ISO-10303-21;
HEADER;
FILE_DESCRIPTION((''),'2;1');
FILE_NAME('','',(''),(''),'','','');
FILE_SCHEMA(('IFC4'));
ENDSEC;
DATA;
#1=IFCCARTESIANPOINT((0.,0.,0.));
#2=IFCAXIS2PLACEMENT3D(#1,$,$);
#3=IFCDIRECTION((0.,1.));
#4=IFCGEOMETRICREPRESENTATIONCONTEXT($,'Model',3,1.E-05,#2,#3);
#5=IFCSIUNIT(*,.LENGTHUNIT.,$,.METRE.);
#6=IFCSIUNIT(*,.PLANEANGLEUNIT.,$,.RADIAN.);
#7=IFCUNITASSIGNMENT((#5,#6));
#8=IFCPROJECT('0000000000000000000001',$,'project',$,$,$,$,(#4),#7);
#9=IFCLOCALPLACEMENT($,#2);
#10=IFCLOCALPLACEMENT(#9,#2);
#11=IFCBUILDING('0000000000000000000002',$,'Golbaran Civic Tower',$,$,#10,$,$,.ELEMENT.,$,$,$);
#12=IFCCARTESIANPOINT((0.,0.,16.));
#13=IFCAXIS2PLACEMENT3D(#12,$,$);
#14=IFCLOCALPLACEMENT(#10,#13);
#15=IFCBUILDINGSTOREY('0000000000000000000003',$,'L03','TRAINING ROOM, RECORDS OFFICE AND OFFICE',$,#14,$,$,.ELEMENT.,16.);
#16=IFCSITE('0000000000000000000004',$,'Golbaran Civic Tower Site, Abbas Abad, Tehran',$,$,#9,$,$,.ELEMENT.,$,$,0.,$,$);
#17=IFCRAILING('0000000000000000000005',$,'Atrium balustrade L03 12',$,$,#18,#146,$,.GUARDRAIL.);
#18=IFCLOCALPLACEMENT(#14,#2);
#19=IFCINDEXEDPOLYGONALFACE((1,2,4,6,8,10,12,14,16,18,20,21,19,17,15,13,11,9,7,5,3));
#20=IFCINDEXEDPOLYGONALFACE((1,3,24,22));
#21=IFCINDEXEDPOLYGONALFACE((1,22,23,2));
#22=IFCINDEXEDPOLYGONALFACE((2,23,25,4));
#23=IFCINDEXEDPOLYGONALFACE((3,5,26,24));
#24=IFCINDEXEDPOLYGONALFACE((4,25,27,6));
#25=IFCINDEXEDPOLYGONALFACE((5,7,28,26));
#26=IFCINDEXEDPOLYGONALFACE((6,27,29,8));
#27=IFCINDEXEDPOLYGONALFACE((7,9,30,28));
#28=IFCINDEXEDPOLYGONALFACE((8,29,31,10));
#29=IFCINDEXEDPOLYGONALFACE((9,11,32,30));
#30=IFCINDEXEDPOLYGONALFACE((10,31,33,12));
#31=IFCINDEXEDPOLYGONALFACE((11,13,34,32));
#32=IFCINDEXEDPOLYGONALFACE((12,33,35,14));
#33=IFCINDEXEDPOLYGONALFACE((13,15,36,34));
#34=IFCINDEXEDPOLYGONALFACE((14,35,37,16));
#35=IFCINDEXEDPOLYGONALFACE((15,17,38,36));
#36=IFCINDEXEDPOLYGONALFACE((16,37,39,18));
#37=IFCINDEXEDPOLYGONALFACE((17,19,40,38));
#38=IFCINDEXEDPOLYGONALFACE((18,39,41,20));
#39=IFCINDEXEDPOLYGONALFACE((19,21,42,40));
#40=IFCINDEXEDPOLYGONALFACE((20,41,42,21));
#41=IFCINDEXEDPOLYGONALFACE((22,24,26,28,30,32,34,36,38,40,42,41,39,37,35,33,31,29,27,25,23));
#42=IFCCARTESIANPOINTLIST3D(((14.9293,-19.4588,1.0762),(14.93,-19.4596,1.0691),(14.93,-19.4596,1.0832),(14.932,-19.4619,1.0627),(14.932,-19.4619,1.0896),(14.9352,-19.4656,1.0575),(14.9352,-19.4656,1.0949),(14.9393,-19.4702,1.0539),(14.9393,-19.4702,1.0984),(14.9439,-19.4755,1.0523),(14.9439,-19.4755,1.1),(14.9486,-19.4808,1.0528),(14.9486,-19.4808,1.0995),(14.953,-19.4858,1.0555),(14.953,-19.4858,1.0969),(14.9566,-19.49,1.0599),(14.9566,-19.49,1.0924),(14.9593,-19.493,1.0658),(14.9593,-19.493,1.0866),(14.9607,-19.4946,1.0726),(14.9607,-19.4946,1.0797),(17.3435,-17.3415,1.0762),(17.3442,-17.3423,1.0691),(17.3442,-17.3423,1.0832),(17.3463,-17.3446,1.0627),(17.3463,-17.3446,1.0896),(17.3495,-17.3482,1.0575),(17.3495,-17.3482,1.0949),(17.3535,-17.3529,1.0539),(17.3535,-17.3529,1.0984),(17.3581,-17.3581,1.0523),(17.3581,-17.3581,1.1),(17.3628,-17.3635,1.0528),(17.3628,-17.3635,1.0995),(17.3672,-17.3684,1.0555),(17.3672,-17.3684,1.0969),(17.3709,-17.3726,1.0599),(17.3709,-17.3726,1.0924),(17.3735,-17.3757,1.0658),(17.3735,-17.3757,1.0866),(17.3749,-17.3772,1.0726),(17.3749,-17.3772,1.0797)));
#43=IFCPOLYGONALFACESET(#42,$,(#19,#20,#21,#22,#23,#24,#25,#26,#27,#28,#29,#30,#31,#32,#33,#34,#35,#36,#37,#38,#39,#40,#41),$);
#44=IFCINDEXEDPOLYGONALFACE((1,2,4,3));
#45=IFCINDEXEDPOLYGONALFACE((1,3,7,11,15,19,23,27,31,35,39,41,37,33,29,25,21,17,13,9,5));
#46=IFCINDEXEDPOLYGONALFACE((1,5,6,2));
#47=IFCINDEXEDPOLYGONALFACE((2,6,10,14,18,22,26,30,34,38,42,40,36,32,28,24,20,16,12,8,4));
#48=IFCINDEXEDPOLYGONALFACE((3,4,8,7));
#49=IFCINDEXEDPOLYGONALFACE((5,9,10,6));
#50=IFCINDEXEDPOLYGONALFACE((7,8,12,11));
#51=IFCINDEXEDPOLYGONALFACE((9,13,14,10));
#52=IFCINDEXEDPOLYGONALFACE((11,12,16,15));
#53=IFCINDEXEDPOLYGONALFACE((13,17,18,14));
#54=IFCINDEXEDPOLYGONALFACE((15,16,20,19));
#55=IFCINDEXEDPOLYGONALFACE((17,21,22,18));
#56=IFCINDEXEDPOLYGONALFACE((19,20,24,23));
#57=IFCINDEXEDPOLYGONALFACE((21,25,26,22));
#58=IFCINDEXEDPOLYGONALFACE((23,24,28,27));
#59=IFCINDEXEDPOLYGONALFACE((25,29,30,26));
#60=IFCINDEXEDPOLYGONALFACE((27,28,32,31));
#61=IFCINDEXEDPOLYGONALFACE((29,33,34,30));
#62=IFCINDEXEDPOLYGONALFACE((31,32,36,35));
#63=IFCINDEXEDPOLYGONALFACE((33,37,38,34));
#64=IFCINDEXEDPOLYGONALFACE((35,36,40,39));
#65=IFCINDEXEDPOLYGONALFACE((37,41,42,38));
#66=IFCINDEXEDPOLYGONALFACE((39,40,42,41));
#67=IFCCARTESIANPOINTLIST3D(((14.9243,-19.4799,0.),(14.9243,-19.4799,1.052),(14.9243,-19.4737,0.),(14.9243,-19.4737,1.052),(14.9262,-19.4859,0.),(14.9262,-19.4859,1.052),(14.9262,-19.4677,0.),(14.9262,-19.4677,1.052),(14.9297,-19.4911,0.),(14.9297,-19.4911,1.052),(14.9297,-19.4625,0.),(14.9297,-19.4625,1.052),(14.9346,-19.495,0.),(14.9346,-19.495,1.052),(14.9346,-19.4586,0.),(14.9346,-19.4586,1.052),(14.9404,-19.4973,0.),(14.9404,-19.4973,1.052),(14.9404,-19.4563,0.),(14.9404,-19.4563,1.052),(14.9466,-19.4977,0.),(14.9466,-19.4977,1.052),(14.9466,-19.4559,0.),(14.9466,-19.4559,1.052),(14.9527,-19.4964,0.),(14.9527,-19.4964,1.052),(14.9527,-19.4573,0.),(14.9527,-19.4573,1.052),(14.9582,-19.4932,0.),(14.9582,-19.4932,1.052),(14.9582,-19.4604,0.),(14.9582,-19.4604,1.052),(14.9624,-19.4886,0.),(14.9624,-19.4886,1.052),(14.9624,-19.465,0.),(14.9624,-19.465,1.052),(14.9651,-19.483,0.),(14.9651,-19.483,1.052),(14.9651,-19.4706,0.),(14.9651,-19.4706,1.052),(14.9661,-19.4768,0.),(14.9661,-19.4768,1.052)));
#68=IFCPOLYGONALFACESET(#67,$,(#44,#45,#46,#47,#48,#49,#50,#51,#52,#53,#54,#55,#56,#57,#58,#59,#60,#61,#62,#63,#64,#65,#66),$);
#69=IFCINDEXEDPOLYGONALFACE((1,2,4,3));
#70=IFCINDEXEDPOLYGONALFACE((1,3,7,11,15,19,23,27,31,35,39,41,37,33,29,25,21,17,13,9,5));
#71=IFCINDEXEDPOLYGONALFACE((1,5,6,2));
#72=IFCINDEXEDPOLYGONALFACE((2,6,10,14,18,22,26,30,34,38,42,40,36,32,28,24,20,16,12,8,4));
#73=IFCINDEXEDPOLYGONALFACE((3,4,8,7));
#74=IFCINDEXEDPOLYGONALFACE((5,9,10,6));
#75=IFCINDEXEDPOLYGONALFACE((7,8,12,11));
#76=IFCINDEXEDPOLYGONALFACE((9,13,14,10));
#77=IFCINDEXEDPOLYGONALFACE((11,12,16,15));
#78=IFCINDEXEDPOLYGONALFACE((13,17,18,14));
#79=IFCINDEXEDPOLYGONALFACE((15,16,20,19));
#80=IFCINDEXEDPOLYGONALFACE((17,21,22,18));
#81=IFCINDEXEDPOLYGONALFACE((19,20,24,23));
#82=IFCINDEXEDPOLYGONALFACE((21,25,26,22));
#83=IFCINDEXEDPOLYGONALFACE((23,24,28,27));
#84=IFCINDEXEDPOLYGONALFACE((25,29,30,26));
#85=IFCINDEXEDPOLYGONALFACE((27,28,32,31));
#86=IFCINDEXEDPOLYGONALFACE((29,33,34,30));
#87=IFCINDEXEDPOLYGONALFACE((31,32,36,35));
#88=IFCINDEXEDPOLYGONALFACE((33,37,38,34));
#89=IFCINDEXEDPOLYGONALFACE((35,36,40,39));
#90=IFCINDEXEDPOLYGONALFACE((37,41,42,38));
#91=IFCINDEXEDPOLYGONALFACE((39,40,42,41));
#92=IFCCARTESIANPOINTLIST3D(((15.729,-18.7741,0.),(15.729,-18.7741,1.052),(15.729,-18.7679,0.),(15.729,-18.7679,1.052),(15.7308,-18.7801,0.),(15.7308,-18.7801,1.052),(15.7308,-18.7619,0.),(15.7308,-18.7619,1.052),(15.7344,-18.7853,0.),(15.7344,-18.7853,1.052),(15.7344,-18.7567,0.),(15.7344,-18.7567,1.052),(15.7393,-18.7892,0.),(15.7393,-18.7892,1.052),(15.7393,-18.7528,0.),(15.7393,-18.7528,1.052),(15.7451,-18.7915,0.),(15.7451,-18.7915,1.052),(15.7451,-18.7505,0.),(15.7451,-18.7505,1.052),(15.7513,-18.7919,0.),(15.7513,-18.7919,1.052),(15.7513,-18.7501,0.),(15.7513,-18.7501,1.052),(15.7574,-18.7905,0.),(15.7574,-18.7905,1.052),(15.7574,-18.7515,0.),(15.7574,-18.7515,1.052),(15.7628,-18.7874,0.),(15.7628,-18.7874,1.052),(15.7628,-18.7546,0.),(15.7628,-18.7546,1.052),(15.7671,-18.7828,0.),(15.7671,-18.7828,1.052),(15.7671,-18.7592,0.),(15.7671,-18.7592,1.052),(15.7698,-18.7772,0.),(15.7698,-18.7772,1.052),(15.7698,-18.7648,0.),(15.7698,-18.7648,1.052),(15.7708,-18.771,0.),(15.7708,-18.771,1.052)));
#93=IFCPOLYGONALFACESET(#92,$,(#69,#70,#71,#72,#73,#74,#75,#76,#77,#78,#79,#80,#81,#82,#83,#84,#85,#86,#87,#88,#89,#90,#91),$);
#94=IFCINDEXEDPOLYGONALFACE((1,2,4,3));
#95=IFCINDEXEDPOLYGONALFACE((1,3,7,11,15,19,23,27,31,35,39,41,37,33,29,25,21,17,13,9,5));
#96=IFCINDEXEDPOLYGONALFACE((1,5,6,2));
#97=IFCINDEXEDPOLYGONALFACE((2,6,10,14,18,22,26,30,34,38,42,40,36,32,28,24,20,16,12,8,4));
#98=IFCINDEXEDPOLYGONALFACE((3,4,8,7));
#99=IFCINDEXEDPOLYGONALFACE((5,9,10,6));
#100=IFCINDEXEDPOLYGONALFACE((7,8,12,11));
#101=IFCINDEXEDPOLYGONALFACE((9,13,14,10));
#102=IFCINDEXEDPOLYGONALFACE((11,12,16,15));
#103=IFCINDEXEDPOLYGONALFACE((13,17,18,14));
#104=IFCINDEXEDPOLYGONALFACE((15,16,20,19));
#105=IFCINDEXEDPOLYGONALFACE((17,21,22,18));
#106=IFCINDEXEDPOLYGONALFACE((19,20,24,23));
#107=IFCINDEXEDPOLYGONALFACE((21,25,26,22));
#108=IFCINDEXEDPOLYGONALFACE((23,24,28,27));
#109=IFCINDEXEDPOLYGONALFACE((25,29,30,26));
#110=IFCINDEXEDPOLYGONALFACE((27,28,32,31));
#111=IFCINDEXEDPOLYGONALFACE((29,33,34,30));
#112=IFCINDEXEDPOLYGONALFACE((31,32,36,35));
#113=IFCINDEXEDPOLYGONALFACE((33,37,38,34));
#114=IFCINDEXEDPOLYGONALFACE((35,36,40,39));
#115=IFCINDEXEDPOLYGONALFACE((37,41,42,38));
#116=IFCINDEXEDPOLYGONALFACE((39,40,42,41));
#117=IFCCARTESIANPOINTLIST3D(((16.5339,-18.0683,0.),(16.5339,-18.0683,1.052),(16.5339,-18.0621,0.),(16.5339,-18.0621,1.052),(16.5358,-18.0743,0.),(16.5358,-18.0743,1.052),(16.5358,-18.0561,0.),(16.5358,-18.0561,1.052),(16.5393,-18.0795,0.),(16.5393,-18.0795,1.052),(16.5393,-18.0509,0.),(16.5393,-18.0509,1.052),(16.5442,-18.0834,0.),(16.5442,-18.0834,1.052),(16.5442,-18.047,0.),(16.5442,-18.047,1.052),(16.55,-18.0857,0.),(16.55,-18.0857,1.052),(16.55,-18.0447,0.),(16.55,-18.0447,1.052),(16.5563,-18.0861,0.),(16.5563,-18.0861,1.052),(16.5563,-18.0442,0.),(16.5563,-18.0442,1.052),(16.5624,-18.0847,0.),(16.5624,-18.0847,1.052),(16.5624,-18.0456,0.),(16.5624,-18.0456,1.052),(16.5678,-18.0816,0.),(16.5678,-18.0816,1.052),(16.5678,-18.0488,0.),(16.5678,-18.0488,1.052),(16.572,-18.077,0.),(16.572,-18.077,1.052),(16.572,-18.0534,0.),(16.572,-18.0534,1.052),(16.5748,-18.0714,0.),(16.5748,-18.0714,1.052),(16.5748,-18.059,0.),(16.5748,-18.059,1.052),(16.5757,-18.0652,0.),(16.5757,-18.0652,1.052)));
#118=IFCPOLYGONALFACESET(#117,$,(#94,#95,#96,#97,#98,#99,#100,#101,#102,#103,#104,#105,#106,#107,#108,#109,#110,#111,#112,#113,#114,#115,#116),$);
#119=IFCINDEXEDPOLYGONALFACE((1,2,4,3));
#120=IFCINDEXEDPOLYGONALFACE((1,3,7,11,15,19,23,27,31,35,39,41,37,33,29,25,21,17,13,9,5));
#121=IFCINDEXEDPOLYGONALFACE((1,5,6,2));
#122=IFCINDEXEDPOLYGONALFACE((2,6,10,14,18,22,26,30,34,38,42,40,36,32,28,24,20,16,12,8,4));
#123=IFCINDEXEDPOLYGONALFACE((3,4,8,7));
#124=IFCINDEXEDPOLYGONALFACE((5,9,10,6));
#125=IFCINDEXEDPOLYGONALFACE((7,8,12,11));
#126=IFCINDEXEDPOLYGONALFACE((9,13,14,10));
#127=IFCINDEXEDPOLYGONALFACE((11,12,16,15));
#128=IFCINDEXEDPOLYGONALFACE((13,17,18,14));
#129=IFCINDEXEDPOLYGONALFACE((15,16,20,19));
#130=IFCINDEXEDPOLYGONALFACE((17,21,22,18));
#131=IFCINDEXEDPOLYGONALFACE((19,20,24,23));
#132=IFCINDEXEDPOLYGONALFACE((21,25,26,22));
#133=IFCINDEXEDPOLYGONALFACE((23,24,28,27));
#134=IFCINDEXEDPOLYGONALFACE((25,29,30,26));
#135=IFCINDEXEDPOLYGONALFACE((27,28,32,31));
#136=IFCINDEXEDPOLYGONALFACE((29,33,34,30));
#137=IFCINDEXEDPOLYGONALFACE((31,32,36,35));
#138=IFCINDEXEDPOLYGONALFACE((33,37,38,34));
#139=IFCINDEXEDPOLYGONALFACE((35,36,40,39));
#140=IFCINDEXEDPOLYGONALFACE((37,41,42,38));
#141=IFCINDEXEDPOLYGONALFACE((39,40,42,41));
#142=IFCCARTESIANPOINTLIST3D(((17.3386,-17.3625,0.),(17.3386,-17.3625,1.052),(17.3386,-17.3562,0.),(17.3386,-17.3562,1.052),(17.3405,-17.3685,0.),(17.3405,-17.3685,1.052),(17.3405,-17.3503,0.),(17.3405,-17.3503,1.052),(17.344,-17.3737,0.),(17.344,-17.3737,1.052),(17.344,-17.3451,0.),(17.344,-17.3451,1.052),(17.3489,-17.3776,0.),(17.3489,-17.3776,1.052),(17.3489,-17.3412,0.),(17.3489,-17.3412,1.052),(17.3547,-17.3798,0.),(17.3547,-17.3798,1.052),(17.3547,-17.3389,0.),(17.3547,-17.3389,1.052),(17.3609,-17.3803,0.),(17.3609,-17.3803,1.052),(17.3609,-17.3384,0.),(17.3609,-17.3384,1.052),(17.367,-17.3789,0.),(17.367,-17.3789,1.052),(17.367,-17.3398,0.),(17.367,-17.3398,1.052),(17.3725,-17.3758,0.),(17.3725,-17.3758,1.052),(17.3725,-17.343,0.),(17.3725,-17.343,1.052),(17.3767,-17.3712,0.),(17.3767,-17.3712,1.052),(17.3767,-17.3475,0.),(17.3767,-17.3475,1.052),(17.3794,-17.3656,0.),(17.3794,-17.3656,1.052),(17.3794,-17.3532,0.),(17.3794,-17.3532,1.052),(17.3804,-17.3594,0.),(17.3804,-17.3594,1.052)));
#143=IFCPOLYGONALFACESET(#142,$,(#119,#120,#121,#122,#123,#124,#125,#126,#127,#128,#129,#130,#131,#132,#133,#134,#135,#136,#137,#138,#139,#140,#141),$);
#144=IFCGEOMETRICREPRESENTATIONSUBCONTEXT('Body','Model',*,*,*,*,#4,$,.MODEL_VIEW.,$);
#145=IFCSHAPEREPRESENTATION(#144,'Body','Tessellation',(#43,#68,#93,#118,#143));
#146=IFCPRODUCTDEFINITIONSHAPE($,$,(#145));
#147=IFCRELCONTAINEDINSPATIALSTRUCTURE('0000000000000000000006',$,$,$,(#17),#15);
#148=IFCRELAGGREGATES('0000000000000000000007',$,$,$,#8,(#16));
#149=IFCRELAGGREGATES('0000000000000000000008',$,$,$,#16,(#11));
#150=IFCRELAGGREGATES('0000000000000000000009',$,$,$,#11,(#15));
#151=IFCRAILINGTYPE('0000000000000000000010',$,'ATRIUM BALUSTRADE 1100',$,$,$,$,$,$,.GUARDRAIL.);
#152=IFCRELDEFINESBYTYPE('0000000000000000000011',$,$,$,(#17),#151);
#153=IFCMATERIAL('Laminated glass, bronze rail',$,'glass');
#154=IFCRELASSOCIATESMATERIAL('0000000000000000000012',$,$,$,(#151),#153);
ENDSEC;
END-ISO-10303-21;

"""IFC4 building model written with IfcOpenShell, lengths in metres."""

from ifc_helpers import new_model, si_unit, direction, frame, origin, origin_2d, place, context, subcontext, project, spatial, circle, extrude, material, type_object, element, save


model = new_model("IFC4")

# Units and contexts
model_context = context("Model", 3, precision=1e-05, world=origin(), true_north=direction((0.0, 1.0)))
body_context = subcontext(model_context, "Body", "Model", "MODEL_VIEW")
ifc_project = project(units=[si_unit("LENGTHUNIT", "METRE"), si_unit("PLANEANGLEUNIT", "RADIAN")], contexts=[model_context])

# Site, building, storey
site_placement = place(None, origin())
site = spatial("IfcSite", under=ifc_project, at=site_placement, Name="Golbaran Civic Tower Site, Abbas Abad, Tehran", CompositionType="ELEMENT", RefElevation=0.0)
building_placement = place(site_placement, origin())
building = spatial("IfcBuilding", under=site, at=building_placement, Name="Golbaran Civic Tower", CompositionType="ELEMENT")
storey_placement = place(building_placement, frame((0.0, 0.0, 16.0)))
storey = spatial("IfcBuildingStorey", under=building, at=storey_placement, Name="L03", Description="TRAINING ROOM, RECORDS OFFICE AND OFFICE", CompositionType="ELEMENT", Elevation=16.0)

# Railing
ifc_material_1 = material(Name="Laminated glass, bronze rail", Category="glass")
railing_type = type_object("IfcRailingType", Name="ATRIUM BALUSTRADE 1100", PredefinedType="GUARDRAIL", material=ifc_material_1)
railing_placement = place(storey_placement, frame((14.9451, -19.4768, 0.0)))
element("IfcRailing", 1, at=railing_placement, inside=storey, type_object=railing_type, Name="Atrium balustrade L03 12", PredefinedType="GUARDRAIL", context=body_context, shape_type="SweptSolid", body=[
    extrude(circle(Radius=0.0239, at=origin_2d()), frame((0.0, 0.0, 1.0762), z_axis=(0.751818, 0.659371, 0.0), x_axis=(-0.659371, 0.751818, 0.0)), (0.0, 0.0, 1.0), 3.2112),
    extrude(circle(Radius=0.021, at=origin_2d()), origin(), (0.0, 0.0, 1.0), 1.052),
    extrude(circle(Radius=0.021, at=origin_2d()), frame((0.8047, 0.7058, 0.0)), (0.0, 0.0, 1.0), 1.052),
    extrude(circle(Radius=0.021, at=origin_2d()), frame((1.6096, 1.4116, 0.0)), (0.0, 0.0, 1.0), 1.052),
    extrude(circle(Radius=0.021, at=origin_2d()), frame((2.4143, 2.1174, 0.0)), (0.0, 0.0, 1.0), 1.052),
])

save(model, "model.ifc")
